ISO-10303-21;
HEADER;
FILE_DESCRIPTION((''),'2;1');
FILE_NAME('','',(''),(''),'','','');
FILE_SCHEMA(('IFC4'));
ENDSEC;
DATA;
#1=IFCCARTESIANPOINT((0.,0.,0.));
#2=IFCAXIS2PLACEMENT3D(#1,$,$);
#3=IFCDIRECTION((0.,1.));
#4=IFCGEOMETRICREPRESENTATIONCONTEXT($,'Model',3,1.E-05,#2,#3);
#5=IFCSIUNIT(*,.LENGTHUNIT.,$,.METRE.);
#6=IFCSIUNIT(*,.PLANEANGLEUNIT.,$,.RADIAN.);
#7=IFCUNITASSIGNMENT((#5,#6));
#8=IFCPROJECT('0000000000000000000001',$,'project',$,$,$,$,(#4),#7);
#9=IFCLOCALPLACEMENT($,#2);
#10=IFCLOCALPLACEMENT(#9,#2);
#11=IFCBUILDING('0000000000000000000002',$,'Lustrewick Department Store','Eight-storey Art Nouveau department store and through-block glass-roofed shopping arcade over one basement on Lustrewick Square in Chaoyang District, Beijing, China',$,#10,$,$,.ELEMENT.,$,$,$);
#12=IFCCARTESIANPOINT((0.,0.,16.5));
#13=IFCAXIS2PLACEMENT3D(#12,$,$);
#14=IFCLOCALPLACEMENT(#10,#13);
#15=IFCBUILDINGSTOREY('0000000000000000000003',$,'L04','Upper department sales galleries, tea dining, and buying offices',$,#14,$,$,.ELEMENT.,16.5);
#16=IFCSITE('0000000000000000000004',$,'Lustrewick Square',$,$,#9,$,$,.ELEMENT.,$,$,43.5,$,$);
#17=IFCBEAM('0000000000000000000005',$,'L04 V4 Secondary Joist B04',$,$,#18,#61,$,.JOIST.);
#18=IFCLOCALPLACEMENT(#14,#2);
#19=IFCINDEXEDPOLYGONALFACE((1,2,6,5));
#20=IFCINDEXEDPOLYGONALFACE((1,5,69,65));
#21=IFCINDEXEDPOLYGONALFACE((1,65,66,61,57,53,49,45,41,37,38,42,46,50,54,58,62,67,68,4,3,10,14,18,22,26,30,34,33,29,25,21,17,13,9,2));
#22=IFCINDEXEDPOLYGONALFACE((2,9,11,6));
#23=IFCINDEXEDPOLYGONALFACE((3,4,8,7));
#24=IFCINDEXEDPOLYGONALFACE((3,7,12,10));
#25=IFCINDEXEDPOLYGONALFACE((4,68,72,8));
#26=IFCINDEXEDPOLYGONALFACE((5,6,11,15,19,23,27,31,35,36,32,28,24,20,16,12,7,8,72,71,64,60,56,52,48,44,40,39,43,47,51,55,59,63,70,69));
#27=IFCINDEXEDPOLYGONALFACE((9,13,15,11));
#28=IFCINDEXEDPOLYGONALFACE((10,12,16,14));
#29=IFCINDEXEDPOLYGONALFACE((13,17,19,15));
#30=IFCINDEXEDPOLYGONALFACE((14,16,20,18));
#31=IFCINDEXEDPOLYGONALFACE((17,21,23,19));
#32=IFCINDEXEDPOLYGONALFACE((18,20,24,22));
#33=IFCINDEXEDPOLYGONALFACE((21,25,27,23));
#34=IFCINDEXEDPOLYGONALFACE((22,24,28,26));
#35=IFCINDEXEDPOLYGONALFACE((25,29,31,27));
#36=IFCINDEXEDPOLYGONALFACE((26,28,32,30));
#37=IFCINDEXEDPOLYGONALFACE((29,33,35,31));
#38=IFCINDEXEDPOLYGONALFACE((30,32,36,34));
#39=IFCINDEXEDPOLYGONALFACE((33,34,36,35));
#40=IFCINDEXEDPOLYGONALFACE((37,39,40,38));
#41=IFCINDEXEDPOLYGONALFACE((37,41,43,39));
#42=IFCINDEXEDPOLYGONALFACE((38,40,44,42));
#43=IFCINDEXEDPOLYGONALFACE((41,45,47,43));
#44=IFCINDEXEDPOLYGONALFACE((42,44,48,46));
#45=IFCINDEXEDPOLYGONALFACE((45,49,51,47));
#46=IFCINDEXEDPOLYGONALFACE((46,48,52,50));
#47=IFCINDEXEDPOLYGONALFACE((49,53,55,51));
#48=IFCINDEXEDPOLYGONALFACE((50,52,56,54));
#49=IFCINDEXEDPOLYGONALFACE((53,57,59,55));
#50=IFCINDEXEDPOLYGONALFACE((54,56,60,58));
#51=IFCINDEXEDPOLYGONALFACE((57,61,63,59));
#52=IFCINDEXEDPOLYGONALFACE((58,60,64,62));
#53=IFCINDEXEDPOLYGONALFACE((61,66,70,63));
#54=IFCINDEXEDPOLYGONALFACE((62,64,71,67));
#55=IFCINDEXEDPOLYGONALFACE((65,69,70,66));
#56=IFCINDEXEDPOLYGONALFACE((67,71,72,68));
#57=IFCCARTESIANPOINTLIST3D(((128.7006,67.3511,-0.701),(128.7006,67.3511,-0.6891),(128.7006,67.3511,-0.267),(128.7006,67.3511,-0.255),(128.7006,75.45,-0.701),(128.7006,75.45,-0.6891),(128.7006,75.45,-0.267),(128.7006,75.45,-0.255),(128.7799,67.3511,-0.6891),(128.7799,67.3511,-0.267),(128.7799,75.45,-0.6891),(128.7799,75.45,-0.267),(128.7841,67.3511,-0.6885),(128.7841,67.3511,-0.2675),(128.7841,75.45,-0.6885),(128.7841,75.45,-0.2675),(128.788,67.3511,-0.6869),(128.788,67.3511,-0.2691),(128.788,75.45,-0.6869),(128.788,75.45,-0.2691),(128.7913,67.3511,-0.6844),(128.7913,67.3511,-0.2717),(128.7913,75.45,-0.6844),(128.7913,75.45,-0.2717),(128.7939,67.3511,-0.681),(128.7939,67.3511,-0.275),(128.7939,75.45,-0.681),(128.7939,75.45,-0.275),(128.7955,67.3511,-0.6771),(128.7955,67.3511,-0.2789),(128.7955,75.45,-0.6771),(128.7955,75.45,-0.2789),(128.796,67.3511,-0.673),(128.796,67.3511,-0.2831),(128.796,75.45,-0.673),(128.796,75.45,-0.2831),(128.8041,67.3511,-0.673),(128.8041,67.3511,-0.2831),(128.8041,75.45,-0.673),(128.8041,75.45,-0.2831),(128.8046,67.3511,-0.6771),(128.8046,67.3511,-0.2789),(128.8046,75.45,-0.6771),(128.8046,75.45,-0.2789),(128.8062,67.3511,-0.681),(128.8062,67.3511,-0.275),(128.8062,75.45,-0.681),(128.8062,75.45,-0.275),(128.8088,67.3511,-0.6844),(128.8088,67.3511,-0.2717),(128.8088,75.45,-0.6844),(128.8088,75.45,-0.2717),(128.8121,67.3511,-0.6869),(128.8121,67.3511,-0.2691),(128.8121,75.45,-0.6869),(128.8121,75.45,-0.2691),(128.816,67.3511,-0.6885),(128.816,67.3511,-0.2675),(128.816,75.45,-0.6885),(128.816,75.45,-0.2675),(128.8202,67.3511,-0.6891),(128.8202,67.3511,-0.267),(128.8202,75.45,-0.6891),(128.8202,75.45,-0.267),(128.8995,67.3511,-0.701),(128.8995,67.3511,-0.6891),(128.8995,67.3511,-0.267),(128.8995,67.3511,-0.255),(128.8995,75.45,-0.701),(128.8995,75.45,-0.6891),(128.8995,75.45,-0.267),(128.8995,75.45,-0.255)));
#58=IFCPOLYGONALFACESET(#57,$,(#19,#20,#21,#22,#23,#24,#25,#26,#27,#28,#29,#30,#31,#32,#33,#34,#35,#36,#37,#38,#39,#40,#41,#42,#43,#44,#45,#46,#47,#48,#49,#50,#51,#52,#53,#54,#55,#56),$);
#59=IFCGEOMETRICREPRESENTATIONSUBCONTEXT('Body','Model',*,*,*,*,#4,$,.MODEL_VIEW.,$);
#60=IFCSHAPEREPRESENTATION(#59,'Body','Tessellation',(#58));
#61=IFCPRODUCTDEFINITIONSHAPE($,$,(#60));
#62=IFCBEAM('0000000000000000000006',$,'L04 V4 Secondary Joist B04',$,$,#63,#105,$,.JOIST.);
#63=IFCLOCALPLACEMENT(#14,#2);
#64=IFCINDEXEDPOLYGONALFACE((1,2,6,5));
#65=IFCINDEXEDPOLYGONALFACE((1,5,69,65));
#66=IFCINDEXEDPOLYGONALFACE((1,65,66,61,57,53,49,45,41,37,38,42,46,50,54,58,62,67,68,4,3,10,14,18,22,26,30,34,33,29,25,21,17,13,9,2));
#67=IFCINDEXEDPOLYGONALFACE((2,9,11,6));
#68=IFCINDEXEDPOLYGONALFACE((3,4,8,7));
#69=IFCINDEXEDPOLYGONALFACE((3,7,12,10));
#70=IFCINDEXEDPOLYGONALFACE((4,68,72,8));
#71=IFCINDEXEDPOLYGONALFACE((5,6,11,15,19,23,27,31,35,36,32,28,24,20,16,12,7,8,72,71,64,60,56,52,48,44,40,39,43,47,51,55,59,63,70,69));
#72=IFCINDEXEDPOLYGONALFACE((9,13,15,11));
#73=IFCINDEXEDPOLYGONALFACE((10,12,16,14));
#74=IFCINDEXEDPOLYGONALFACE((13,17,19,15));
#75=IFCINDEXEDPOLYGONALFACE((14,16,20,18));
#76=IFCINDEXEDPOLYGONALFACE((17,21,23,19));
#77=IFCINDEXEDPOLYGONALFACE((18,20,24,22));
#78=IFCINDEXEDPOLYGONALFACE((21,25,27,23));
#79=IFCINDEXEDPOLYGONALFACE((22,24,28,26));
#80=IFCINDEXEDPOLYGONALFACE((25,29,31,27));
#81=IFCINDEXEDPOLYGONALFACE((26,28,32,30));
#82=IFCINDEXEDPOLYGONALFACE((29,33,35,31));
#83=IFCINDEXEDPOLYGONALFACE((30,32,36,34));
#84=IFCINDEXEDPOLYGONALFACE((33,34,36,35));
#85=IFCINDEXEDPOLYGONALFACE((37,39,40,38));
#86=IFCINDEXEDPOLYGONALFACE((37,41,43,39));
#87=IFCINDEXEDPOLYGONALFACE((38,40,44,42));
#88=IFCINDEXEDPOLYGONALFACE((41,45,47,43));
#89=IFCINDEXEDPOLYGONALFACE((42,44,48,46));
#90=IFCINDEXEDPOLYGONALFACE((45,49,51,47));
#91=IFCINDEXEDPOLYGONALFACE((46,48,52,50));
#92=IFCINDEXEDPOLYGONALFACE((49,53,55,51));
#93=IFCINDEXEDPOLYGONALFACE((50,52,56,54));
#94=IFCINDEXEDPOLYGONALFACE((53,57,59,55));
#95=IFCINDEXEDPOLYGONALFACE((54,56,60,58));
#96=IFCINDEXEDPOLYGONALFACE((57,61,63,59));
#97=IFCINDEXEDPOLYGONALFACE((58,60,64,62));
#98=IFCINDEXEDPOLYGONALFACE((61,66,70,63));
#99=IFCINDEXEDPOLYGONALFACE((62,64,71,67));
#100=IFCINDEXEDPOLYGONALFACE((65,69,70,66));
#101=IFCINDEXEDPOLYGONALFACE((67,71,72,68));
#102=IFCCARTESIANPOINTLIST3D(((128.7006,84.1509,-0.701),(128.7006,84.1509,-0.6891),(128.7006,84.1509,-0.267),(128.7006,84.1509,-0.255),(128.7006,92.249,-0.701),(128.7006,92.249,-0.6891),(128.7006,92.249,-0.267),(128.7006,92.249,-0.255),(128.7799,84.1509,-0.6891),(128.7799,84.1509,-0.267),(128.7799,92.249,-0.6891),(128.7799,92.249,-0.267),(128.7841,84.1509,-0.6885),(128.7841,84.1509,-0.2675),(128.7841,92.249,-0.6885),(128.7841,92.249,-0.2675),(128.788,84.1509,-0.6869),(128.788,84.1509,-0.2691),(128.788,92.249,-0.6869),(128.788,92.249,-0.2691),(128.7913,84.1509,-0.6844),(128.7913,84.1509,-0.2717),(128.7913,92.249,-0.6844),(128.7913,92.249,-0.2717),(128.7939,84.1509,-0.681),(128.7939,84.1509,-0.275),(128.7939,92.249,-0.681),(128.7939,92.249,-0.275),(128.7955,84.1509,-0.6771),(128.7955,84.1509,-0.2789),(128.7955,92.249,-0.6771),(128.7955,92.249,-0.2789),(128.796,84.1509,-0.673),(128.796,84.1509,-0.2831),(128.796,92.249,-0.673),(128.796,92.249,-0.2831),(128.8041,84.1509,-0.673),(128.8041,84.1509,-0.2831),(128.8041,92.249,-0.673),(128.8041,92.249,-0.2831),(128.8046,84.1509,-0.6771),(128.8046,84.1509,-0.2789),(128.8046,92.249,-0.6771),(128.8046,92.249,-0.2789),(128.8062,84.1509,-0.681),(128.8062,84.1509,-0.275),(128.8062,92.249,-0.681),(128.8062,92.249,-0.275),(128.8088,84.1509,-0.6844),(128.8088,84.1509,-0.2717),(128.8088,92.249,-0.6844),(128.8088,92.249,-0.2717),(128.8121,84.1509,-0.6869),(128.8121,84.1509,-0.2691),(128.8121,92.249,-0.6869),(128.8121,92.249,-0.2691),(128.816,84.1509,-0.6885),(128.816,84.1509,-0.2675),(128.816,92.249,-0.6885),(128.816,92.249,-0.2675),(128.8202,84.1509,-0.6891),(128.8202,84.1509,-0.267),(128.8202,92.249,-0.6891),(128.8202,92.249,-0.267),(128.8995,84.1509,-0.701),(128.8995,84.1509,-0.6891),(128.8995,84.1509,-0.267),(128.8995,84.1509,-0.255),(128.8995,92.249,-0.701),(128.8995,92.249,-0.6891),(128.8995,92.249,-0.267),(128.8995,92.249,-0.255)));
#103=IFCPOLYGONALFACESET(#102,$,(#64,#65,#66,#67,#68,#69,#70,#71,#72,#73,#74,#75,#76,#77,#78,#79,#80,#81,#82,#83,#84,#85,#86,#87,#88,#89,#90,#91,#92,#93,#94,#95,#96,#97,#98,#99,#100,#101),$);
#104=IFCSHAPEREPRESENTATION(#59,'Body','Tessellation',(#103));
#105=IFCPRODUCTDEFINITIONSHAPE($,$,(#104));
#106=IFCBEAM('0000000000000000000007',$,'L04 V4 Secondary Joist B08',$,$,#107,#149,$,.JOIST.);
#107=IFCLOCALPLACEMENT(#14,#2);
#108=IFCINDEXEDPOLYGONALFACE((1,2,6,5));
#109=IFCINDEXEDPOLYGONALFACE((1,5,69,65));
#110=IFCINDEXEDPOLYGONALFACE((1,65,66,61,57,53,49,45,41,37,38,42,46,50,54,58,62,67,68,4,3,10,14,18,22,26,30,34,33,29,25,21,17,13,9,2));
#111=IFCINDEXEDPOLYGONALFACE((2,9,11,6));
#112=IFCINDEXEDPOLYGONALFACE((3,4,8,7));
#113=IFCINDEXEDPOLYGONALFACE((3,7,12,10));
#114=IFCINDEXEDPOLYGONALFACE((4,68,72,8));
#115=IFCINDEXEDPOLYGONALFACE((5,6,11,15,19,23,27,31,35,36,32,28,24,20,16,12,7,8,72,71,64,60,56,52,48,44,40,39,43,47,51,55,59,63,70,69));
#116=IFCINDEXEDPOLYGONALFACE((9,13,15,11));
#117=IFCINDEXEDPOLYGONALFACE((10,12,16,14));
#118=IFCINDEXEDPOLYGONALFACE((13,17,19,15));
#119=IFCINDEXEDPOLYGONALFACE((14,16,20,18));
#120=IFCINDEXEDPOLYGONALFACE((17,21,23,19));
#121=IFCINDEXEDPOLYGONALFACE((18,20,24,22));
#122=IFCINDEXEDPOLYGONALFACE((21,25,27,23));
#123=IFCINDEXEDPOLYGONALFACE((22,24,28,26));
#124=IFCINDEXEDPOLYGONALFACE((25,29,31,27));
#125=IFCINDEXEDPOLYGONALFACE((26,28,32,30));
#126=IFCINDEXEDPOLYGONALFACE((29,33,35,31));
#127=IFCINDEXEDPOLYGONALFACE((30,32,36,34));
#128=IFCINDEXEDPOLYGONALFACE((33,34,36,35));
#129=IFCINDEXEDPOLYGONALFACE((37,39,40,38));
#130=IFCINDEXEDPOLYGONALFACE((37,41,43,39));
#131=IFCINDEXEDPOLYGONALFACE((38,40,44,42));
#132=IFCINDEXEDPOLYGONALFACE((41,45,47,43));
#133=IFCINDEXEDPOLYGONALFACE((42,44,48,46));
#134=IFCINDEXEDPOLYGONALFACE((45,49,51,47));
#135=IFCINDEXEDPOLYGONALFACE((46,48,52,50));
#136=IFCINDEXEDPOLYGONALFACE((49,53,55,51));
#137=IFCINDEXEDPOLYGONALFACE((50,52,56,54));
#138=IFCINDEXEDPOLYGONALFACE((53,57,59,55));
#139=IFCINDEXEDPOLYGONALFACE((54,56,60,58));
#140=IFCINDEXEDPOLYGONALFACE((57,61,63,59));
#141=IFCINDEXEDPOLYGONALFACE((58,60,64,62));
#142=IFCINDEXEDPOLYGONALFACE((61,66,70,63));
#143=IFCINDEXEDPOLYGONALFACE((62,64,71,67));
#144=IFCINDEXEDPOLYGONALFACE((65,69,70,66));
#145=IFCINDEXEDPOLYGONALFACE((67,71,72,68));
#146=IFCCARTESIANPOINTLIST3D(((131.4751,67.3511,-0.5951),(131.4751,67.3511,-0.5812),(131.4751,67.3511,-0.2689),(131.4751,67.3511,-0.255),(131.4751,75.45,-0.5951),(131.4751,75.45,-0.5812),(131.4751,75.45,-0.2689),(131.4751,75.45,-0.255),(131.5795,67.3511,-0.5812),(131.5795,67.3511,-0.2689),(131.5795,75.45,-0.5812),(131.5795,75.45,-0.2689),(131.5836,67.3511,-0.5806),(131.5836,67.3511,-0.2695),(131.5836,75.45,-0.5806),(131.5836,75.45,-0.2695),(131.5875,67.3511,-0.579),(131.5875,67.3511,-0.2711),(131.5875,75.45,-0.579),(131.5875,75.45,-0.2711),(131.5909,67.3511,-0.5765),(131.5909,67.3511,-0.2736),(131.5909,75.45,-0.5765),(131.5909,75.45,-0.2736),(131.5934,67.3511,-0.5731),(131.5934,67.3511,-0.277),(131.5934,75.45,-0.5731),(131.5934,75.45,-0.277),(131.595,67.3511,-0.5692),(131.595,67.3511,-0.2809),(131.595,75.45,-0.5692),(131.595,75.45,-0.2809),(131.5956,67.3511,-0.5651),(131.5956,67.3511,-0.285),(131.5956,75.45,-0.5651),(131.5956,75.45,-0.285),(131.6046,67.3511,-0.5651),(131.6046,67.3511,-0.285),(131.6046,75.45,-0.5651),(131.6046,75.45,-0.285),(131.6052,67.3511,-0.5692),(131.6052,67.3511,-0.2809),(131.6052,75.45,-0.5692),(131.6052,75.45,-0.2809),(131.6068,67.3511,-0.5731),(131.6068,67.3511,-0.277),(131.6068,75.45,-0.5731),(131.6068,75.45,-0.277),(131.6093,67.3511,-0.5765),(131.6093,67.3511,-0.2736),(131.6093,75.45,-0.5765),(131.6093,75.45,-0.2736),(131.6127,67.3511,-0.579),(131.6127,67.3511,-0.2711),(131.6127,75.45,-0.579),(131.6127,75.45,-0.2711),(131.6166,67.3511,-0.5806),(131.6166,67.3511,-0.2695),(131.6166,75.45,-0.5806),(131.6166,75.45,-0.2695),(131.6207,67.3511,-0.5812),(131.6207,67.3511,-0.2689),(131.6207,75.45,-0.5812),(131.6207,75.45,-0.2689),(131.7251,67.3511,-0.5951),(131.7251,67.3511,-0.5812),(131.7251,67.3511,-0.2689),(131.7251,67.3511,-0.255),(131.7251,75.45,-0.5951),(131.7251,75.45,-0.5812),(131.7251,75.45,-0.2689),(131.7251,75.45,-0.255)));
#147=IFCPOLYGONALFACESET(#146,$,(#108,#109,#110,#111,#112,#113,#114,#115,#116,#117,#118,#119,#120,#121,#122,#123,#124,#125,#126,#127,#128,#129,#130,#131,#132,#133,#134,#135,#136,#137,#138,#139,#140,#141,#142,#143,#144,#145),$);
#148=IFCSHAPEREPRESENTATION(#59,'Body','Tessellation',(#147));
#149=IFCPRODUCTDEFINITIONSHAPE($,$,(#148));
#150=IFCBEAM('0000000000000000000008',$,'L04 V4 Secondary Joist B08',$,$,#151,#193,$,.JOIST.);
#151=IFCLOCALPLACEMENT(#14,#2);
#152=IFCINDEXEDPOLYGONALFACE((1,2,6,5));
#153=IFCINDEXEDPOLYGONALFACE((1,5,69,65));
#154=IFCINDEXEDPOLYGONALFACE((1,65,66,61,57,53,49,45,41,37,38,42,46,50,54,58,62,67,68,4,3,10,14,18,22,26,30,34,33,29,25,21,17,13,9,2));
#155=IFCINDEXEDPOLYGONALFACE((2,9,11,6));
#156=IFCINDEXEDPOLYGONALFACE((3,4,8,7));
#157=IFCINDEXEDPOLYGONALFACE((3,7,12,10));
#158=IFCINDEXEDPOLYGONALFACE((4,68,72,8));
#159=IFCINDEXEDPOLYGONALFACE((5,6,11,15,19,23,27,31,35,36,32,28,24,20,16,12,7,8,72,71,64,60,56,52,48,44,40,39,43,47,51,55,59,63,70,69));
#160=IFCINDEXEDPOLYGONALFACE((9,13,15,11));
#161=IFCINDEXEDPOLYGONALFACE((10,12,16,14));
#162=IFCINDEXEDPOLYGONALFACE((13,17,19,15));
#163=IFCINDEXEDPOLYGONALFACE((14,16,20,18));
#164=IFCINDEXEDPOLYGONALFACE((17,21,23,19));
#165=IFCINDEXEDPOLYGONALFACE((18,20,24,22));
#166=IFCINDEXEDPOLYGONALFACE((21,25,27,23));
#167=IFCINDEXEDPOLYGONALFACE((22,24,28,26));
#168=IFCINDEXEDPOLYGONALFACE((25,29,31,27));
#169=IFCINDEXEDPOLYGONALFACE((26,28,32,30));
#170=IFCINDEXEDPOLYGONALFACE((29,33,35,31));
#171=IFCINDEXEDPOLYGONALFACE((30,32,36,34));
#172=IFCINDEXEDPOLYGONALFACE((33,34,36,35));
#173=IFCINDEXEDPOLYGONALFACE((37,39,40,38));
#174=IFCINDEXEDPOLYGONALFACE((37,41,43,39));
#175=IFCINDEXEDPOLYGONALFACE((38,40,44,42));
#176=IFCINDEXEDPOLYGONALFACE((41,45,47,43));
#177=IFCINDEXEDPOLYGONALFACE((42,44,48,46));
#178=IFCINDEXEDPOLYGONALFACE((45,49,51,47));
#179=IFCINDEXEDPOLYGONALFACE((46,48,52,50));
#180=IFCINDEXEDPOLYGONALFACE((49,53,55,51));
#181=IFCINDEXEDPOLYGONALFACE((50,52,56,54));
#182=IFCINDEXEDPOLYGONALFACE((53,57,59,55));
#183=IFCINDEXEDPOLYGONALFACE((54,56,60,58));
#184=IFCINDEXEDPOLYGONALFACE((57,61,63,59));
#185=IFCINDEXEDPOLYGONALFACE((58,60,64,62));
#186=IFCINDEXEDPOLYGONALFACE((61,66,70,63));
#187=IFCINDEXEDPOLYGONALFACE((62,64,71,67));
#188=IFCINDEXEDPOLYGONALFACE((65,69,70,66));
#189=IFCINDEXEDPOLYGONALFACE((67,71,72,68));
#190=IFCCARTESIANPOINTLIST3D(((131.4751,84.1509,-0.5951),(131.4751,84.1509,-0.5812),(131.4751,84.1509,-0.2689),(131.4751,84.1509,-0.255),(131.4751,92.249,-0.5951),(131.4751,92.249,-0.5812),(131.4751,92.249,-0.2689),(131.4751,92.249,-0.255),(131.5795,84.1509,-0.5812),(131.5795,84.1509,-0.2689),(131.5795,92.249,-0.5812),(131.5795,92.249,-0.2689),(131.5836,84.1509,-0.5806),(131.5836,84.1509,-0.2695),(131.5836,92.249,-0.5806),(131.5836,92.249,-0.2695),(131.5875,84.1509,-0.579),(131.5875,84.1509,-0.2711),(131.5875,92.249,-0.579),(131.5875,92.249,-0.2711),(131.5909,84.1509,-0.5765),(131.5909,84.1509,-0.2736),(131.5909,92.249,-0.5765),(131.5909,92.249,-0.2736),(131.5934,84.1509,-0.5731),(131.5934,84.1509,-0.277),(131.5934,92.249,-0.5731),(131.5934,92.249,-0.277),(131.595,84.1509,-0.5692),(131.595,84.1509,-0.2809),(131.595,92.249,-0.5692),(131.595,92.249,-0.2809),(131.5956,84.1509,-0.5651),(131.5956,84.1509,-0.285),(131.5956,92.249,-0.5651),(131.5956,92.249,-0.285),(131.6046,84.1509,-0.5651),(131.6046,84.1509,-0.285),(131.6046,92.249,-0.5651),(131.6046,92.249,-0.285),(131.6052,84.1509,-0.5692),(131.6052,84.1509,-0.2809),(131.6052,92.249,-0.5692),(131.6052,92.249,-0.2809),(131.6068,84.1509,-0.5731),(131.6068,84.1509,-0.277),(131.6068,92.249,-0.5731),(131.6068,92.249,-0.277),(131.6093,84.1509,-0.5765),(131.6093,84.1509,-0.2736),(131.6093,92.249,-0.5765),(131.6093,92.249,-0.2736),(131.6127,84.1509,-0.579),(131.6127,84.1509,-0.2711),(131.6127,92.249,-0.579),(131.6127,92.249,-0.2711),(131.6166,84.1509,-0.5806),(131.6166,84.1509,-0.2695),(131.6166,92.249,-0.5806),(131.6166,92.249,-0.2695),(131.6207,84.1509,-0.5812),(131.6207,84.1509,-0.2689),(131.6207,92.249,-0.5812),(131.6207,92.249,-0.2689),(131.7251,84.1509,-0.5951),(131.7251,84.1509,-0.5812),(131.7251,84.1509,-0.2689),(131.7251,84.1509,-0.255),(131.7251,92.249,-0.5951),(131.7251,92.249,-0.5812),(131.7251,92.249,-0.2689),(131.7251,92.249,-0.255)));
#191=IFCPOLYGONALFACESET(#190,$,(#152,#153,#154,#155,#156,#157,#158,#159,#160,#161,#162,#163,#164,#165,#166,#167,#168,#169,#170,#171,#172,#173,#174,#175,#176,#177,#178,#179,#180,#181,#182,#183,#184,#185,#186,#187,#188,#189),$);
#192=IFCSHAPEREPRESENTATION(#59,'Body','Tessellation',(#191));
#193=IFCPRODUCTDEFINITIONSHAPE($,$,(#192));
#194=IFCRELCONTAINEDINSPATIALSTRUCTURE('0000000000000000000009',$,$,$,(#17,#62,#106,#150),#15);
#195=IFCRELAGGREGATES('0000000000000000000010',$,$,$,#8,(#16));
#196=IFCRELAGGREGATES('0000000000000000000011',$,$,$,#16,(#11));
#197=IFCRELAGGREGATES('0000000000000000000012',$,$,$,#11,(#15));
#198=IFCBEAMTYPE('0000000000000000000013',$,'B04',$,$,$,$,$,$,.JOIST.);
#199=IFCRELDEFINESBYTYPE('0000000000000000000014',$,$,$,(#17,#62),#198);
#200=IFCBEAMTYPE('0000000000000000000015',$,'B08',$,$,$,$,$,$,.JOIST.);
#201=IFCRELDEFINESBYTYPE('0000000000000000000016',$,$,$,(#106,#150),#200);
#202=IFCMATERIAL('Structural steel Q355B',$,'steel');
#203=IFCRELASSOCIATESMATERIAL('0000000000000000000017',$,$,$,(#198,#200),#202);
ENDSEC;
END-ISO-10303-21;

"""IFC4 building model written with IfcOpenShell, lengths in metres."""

from ifc_helpers import new_model, si_unit, direction, frame, origin, origin_2d, place, context, subcontext, project, spatial, i_section, extrude, material, material_profile, profile_set, type_object, element, save


model = new_model("IFC4")

# Units and contexts
model_context = context("Model", 3, precision=1e-05, world=origin(), true_north=direction((0.0, 1.0)))
body_context = subcontext(model_context, "Body", "Model", "MODEL_VIEW")
ifc_project = project(units=[si_unit("LENGTHUNIT", "METRE"), si_unit("PLANEANGLEUNIT", "RADIAN")], contexts=[model_context])

# Site, building, storey
site_placement = place(None, origin())
site = spatial("IfcSite", under=ifc_project, at=site_placement, Name="Lustrewick Square", CompositionType="ELEMENT", RefElevation=43.5)
building_placement = place(site_placement, origin())
building = spatial("IfcBuilding", under=site, at=building_placement, Name="Lustrewick Department Store", Description="Eight-storey Art Nouveau department store and through-block glass-roofed shopping arcade over one basement on Lustrewick Square in Chaoyang District, Beijing, China", CompositionType="ELEMENT")
storey_placement = place(building_placement, frame((0.0, 0.0, 16.5)))
storey = spatial("IfcBuildingStorey", under=building, at=storey_placement, Name="L04", Description="Upper department sales galleries, tea dining, and buying offices", CompositionType="ELEMENT", Elevation=16.5)

# Shared definitions
ifc_material_1 = material(Name="Structural steel Q355B", Category="steel")

# Beams
ifc_material_profile_1 = material_profile(ifc_material_1, i_section(OverallWidth=0.199, OverallDepth=0.446, WebThickness=0.0081, FlangeThickness=0.012, FilletRadius=0.0161, at=origin_2d()), Name="HN 446x199x8x12")
ifc_profile_set_1 = profile_set([ifc_material_profile_1], Name="Structural steel Q355B")
beam_type_1 = type_object("IfcBeamType", Name="B04", PredefinedType="JOIST", material=ifc_profile_set_1)
beam_1_placement = place(storey_placement, frame((128.8, 67.3511, -0.478), z_axis=(0.0, 1.0, 0.0), x_axis=(-1.0, 0.0, 0.0)))
element("IfcBeam", 1, at=beam_1_placement, inside=storey, type_object=beam_type_1, Name="L04 V4 Secondary Joist B04", PredefinedType="JOIST", context=body_context, shape_type="SweptSolid", body=[
    extrude(i_section(OverallWidth=0.199, OverallDepth=0.446, WebThickness=0.0081, FlangeThickness=0.012, FilletRadius=0.0161, at=origin_2d()), origin(), (0.0, 0.0, 1.0), 8.0989),
])
beam_2_placement = place(storey_placement, frame((128.8, 84.1509, -0.478), z_axis=(0.0, 1.0, 0.0), x_axis=(-1.0, 0.0, 0.0)))
element("IfcBeam", 2, at=beam_2_placement, inside=storey, type_object=beam_type_1, Name="L04 V4 Secondary Joist B04", PredefinedType="JOIST", context=body_context, shape_type="SweptSolid", body=[
    extrude(i_section(OverallWidth=0.199, OverallDepth=0.446, WebThickness=0.0081, FlangeThickness=0.012, FilletRadius=0.0161, at=origin_2d()), origin(), (0.0, 0.0, 1.0), 8.0981),
])
ifc_material_profile_2 = material_profile(ifc_material_1, i_section(OverallWidth=0.25, OverallDepth=0.3401, WebThickness=0.009, FlangeThickness=0.0139, FilletRadius=0.0161, at=origin_2d()), Name="HM 340x250x9x14")
ifc_profile_set_2 = profile_set([ifc_material_profile_2], Name="Structural steel Q355B")
beam_type_2 = type_object("IfcBeamType", Name="B08", PredefinedType="JOIST", material=ifc_profile_set_2)
beam_3_placement = place(storey_placement, frame((131.6001, 67.3511, -0.425), z_axis=(0.0, 1.0, 0.0), x_axis=(-1.0, 0.0, 0.0)))
element("IfcBeam", 3, at=beam_3_placement, inside=storey, type_object=beam_type_2, Name="L04 V4 Secondary Joist B08", PredefinedType="JOIST", context=body_context, shape_type="SweptSolid", body=[
    extrude(i_section(OverallWidth=0.25, OverallDepth=0.3401, WebThickness=0.009, FlangeThickness=0.0139, FilletRadius=0.0161, at=origin_2d()), origin(), (0.0, 0.0, 1.0), 8.0989),
])
beam_4_placement = place(storey_placement, frame((131.6001, 84.1509, -0.425), z_axis=(0.0, 1.0, 0.0), x_axis=(-1.0, 0.0, 0.0)))
element("IfcBeam", 4, at=beam_4_placement, inside=storey, type_object=beam_type_2, Name="L04 V4 Secondary Joist B08", PredefinedType="JOIST", context=body_context, shape_type="SweptSolid", body=[
    extrude(i_section(OverallWidth=0.25, OverallDepth=0.3401, WebThickness=0.009, FlangeThickness=0.0139, FilletRadius=0.0161, at=origin_2d()), origin(), (0.0, 0.0, 1.0), 8.0981),
])

save(model, "model.ifc")
